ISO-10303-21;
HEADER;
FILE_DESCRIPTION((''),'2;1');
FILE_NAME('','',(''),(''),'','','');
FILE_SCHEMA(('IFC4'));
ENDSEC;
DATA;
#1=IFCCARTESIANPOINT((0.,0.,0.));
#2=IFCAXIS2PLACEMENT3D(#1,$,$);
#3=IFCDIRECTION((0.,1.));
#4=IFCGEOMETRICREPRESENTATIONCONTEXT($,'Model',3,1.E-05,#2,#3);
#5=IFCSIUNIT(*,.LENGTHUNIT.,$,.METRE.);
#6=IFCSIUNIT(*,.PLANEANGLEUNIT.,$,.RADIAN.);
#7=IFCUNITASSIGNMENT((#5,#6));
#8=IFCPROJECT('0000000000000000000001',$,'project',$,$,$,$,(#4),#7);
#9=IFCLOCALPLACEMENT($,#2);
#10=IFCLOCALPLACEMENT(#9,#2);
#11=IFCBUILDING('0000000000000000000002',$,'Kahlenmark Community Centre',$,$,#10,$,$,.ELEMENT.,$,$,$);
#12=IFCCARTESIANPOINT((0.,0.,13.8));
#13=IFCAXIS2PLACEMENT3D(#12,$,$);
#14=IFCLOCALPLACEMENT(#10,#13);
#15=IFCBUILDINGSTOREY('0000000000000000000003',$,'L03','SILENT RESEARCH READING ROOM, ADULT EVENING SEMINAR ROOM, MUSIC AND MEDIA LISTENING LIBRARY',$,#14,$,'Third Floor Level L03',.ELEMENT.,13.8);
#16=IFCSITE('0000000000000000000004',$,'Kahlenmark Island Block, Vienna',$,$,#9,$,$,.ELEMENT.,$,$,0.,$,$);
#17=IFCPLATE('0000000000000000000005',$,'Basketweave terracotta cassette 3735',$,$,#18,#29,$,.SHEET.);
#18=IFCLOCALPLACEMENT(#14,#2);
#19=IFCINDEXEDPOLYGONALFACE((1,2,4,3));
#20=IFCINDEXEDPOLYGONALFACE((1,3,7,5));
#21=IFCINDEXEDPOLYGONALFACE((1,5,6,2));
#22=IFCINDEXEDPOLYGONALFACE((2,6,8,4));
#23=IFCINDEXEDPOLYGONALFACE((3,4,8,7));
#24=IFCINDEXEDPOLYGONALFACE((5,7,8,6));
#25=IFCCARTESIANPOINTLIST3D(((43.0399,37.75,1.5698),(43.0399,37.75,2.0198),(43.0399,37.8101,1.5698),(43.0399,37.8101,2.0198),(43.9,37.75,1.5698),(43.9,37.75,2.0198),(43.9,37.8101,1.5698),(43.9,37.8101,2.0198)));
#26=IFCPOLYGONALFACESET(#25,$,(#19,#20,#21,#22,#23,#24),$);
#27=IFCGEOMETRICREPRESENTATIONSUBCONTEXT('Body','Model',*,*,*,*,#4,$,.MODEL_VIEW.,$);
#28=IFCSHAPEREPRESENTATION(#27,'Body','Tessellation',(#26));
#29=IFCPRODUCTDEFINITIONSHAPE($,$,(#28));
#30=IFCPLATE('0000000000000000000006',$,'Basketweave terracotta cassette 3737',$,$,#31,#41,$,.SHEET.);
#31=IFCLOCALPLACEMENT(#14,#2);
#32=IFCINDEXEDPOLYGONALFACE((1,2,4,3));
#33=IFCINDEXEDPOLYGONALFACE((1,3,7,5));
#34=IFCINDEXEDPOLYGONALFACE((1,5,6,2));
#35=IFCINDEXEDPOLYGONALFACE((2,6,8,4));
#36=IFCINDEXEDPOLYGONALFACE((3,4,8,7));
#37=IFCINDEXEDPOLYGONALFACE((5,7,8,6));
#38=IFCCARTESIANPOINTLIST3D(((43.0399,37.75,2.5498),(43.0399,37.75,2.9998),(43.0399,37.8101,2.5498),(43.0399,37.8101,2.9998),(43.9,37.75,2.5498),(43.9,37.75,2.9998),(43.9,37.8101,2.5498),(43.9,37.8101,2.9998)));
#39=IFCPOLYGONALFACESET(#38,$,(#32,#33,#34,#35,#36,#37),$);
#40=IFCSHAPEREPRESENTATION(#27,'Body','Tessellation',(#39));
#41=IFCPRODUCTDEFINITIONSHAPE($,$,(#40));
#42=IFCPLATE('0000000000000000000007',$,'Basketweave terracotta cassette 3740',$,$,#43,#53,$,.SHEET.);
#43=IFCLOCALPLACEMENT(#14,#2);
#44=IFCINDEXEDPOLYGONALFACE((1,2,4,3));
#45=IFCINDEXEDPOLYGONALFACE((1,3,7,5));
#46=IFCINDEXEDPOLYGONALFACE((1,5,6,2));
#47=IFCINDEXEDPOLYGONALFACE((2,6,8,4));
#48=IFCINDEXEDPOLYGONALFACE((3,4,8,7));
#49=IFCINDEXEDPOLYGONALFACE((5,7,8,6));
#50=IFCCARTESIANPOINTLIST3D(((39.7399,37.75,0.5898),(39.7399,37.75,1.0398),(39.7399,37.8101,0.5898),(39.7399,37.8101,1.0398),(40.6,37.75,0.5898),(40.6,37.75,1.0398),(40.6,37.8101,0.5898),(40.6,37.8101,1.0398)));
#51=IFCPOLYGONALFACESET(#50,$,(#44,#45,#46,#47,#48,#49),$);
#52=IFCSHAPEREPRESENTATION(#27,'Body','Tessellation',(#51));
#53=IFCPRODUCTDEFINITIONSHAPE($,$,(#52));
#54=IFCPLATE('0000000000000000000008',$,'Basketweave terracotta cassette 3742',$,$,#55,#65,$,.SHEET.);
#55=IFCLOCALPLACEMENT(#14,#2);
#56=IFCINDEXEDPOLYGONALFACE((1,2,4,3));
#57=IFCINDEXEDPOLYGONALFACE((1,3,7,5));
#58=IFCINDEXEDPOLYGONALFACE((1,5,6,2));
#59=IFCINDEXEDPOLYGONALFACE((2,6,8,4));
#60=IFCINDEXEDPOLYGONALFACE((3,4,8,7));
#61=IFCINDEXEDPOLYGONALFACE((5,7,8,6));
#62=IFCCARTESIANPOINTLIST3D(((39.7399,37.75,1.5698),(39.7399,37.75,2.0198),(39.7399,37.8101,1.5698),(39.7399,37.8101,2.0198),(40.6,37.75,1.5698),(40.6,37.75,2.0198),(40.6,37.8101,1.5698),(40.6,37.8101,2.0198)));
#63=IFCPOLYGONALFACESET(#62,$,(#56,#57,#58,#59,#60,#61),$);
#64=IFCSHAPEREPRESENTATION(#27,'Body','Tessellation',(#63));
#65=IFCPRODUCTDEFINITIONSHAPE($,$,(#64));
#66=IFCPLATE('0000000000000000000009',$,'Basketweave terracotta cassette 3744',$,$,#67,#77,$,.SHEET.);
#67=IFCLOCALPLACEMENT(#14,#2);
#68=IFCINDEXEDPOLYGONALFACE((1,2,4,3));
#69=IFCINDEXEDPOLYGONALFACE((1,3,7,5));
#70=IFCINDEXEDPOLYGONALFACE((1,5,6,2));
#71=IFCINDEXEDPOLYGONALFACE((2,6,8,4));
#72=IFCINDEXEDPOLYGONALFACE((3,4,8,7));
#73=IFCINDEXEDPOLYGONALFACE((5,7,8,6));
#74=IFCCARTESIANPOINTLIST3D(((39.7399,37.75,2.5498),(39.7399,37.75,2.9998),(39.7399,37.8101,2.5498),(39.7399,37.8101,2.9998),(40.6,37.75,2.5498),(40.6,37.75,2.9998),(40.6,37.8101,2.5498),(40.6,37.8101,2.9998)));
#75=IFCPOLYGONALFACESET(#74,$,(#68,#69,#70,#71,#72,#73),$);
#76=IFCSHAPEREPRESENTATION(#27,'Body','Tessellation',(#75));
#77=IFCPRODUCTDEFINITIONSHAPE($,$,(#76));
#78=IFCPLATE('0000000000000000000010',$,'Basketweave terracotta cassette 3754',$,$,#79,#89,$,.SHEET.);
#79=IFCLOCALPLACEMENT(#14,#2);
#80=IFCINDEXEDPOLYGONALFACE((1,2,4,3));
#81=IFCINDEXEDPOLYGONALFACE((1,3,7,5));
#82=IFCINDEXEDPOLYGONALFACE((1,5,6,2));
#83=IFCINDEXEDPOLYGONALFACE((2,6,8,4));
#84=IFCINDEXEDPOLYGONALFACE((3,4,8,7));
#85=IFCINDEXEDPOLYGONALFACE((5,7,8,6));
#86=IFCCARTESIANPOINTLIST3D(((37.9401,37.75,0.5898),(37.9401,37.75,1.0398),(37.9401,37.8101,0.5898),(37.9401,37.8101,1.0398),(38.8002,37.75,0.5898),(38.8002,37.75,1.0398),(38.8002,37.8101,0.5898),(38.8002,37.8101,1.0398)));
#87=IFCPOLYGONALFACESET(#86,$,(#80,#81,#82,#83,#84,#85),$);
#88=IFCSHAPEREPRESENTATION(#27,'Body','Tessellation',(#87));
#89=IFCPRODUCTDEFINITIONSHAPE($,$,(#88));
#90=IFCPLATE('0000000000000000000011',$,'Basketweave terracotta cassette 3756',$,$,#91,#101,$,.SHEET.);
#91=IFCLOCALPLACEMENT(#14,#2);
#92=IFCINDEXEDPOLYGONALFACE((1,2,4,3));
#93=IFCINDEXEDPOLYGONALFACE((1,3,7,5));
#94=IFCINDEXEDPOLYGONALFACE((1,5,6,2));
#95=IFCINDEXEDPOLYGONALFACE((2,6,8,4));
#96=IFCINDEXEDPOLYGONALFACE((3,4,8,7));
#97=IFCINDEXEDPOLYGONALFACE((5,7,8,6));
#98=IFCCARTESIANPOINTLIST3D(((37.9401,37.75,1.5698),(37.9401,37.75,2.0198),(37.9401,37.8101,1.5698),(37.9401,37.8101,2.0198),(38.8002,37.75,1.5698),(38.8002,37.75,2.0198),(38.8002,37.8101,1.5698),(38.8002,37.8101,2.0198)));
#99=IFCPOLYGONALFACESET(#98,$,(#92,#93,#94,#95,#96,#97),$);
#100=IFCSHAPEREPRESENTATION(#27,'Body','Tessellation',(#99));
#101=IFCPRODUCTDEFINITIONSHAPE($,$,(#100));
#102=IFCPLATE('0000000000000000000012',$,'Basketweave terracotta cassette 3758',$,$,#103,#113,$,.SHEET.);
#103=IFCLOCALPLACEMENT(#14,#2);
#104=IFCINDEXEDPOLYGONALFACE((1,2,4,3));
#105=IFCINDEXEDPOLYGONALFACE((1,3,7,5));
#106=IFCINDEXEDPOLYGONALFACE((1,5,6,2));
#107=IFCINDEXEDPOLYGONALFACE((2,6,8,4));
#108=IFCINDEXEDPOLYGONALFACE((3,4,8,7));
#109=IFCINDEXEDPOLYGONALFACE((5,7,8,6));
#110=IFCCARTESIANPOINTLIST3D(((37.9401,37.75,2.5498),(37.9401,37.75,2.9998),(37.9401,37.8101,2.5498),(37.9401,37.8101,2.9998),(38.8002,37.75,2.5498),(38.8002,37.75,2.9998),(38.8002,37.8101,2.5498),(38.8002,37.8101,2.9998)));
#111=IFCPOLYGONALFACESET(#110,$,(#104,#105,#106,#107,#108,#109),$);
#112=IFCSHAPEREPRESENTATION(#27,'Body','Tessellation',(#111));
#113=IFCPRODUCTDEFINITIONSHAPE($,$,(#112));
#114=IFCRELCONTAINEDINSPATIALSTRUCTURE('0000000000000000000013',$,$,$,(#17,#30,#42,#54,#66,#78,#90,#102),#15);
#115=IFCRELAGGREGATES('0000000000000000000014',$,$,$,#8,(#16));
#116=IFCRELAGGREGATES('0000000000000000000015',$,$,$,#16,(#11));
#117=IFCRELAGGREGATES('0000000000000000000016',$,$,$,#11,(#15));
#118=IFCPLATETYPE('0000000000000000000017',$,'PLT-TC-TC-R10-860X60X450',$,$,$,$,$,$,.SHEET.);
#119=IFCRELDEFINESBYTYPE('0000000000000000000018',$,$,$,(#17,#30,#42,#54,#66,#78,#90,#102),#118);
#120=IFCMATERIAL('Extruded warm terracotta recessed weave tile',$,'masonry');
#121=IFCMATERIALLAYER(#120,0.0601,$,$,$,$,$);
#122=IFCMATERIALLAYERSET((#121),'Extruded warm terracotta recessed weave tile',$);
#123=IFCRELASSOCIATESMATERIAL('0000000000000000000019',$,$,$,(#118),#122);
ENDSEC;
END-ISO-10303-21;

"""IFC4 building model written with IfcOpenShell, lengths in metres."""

from ifc_helpers import new_model, si_unit, direction, frame, origin, origin_2d, place, context, subcontext, project, spatial, rectangle, extrude, material, layer, layer_set, type_object, element, save


model = new_model("IFC4")

# Units and contexts
model_context = context("Model", 3, precision=1e-05, world=origin(), true_north=direction((0.0, 1.0)))
body_context = subcontext(model_context, "Body", "Model", "MODEL_VIEW")
ifc_project = project(units=[si_unit("LENGTHUNIT", "METRE"), si_unit("PLANEANGLEUNIT", "RADIAN")], contexts=[model_context])

# Site, building, storey
site_placement = place(None, origin())
site = spatial("IfcSite", under=ifc_project, at=site_placement, Name="Kahlenmark Island Block, Vienna", CompositionType="ELEMENT", RefElevation=0.0)
building_placement = place(site_placement, origin())
building = spatial("IfcBuilding", under=site, at=building_placement, Name="Kahlenmark Community Centre", CompositionType="ELEMENT")
storey_placement = place(building_placement, frame((0.0, 0.0, 13.8)))
storey = spatial("IfcBuildingStorey", under=building, at=storey_placement, Name="L03", Description="SILENT RESEARCH READING ROOM, ADULT EVENING SEMINAR ROOM, MUSIC AND MEDIA LISTENING LIBRARY", LongName="Third Floor Level L03", CompositionType="ELEMENT", Elevation=13.8)

# Plates
ifc_material = material(Name="Extruded warm terracotta recessed weave tile", Category="masonry")
ifc_layer_1 = layer(ifc_material, 0.0601)
ifc_layer_set_1 = layer_set([ifc_layer_1], Name="Extruded warm terracotta recessed weave tile")
plate_type_1 = type_object("IfcPlateType", Name="PLT-TC-TC-R10-860X60X450", PredefinedType="SHEET", material=ifc_layer_set_1)
for number, where, z_axis, x_axis, name in (
    (1, (43.47, 37.78, 1.5698), (0.0, 0.0, 1.0), (-1.0, 0.0, 0.0), "Basketweave terracotta cassette 3735"),
    (2, (43.47, 37.78, 2.5498), (0.0, 0.0, 1.0), (-1.0, 0.0, 0.0), "Basketweave terracotta cassette 3737"),
    (3, (40.1699, 37.78, 0.5898), (0.0, 0.0, 1.0), (-1.0, 0.0, 0.0), "Basketweave terracotta cassette 3740"),
    (4, (40.1699, 37.78, 1.5698), (0.0, 0.0, 1.0), (-1.0, 0.0, 0.0), "Basketweave terracotta cassette 3742"),
    (5, (40.1699, 37.78, 2.5498), (0.0, 0.0, 1.0), (-1.0, 0.0, 0.0), "Basketweave terracotta cassette 3744"),
    (6, (38.3701, 37.78, 0.5898), (0.0, 0.0, 1.0), (-1.0, 0.0, 0.0), "Basketweave terracotta cassette 3754"),
    (7, (38.3701, 37.78, 1.5698), (0.0, 0.0, 1.0), (-1.0, 0.0, 0.0), "Basketweave terracotta cassette 3756"),
    (8, (38.3701, 37.78, 2.5498), (0.0, 0.0, 1.0), (-1.0, 0.0, 0.0), "Basketweave terracotta cassette 3758"),
):
    element("IfcPlate", number, at=place(storey_placement, frame(where, z_axis=z_axis, x_axis=x_axis)), inside=storey, type_object=plate_type_1, Name=name, PredefinedType="SHEET", context=body_context, shape_type="SweptSolid", body=[
        extrude(rectangle(XDim=0.8601, YDim=0.0601, at=origin_2d()), origin(), (0.0, 0.0, 1.0), 0.45),
    ])

save(model, "model.ifc")
